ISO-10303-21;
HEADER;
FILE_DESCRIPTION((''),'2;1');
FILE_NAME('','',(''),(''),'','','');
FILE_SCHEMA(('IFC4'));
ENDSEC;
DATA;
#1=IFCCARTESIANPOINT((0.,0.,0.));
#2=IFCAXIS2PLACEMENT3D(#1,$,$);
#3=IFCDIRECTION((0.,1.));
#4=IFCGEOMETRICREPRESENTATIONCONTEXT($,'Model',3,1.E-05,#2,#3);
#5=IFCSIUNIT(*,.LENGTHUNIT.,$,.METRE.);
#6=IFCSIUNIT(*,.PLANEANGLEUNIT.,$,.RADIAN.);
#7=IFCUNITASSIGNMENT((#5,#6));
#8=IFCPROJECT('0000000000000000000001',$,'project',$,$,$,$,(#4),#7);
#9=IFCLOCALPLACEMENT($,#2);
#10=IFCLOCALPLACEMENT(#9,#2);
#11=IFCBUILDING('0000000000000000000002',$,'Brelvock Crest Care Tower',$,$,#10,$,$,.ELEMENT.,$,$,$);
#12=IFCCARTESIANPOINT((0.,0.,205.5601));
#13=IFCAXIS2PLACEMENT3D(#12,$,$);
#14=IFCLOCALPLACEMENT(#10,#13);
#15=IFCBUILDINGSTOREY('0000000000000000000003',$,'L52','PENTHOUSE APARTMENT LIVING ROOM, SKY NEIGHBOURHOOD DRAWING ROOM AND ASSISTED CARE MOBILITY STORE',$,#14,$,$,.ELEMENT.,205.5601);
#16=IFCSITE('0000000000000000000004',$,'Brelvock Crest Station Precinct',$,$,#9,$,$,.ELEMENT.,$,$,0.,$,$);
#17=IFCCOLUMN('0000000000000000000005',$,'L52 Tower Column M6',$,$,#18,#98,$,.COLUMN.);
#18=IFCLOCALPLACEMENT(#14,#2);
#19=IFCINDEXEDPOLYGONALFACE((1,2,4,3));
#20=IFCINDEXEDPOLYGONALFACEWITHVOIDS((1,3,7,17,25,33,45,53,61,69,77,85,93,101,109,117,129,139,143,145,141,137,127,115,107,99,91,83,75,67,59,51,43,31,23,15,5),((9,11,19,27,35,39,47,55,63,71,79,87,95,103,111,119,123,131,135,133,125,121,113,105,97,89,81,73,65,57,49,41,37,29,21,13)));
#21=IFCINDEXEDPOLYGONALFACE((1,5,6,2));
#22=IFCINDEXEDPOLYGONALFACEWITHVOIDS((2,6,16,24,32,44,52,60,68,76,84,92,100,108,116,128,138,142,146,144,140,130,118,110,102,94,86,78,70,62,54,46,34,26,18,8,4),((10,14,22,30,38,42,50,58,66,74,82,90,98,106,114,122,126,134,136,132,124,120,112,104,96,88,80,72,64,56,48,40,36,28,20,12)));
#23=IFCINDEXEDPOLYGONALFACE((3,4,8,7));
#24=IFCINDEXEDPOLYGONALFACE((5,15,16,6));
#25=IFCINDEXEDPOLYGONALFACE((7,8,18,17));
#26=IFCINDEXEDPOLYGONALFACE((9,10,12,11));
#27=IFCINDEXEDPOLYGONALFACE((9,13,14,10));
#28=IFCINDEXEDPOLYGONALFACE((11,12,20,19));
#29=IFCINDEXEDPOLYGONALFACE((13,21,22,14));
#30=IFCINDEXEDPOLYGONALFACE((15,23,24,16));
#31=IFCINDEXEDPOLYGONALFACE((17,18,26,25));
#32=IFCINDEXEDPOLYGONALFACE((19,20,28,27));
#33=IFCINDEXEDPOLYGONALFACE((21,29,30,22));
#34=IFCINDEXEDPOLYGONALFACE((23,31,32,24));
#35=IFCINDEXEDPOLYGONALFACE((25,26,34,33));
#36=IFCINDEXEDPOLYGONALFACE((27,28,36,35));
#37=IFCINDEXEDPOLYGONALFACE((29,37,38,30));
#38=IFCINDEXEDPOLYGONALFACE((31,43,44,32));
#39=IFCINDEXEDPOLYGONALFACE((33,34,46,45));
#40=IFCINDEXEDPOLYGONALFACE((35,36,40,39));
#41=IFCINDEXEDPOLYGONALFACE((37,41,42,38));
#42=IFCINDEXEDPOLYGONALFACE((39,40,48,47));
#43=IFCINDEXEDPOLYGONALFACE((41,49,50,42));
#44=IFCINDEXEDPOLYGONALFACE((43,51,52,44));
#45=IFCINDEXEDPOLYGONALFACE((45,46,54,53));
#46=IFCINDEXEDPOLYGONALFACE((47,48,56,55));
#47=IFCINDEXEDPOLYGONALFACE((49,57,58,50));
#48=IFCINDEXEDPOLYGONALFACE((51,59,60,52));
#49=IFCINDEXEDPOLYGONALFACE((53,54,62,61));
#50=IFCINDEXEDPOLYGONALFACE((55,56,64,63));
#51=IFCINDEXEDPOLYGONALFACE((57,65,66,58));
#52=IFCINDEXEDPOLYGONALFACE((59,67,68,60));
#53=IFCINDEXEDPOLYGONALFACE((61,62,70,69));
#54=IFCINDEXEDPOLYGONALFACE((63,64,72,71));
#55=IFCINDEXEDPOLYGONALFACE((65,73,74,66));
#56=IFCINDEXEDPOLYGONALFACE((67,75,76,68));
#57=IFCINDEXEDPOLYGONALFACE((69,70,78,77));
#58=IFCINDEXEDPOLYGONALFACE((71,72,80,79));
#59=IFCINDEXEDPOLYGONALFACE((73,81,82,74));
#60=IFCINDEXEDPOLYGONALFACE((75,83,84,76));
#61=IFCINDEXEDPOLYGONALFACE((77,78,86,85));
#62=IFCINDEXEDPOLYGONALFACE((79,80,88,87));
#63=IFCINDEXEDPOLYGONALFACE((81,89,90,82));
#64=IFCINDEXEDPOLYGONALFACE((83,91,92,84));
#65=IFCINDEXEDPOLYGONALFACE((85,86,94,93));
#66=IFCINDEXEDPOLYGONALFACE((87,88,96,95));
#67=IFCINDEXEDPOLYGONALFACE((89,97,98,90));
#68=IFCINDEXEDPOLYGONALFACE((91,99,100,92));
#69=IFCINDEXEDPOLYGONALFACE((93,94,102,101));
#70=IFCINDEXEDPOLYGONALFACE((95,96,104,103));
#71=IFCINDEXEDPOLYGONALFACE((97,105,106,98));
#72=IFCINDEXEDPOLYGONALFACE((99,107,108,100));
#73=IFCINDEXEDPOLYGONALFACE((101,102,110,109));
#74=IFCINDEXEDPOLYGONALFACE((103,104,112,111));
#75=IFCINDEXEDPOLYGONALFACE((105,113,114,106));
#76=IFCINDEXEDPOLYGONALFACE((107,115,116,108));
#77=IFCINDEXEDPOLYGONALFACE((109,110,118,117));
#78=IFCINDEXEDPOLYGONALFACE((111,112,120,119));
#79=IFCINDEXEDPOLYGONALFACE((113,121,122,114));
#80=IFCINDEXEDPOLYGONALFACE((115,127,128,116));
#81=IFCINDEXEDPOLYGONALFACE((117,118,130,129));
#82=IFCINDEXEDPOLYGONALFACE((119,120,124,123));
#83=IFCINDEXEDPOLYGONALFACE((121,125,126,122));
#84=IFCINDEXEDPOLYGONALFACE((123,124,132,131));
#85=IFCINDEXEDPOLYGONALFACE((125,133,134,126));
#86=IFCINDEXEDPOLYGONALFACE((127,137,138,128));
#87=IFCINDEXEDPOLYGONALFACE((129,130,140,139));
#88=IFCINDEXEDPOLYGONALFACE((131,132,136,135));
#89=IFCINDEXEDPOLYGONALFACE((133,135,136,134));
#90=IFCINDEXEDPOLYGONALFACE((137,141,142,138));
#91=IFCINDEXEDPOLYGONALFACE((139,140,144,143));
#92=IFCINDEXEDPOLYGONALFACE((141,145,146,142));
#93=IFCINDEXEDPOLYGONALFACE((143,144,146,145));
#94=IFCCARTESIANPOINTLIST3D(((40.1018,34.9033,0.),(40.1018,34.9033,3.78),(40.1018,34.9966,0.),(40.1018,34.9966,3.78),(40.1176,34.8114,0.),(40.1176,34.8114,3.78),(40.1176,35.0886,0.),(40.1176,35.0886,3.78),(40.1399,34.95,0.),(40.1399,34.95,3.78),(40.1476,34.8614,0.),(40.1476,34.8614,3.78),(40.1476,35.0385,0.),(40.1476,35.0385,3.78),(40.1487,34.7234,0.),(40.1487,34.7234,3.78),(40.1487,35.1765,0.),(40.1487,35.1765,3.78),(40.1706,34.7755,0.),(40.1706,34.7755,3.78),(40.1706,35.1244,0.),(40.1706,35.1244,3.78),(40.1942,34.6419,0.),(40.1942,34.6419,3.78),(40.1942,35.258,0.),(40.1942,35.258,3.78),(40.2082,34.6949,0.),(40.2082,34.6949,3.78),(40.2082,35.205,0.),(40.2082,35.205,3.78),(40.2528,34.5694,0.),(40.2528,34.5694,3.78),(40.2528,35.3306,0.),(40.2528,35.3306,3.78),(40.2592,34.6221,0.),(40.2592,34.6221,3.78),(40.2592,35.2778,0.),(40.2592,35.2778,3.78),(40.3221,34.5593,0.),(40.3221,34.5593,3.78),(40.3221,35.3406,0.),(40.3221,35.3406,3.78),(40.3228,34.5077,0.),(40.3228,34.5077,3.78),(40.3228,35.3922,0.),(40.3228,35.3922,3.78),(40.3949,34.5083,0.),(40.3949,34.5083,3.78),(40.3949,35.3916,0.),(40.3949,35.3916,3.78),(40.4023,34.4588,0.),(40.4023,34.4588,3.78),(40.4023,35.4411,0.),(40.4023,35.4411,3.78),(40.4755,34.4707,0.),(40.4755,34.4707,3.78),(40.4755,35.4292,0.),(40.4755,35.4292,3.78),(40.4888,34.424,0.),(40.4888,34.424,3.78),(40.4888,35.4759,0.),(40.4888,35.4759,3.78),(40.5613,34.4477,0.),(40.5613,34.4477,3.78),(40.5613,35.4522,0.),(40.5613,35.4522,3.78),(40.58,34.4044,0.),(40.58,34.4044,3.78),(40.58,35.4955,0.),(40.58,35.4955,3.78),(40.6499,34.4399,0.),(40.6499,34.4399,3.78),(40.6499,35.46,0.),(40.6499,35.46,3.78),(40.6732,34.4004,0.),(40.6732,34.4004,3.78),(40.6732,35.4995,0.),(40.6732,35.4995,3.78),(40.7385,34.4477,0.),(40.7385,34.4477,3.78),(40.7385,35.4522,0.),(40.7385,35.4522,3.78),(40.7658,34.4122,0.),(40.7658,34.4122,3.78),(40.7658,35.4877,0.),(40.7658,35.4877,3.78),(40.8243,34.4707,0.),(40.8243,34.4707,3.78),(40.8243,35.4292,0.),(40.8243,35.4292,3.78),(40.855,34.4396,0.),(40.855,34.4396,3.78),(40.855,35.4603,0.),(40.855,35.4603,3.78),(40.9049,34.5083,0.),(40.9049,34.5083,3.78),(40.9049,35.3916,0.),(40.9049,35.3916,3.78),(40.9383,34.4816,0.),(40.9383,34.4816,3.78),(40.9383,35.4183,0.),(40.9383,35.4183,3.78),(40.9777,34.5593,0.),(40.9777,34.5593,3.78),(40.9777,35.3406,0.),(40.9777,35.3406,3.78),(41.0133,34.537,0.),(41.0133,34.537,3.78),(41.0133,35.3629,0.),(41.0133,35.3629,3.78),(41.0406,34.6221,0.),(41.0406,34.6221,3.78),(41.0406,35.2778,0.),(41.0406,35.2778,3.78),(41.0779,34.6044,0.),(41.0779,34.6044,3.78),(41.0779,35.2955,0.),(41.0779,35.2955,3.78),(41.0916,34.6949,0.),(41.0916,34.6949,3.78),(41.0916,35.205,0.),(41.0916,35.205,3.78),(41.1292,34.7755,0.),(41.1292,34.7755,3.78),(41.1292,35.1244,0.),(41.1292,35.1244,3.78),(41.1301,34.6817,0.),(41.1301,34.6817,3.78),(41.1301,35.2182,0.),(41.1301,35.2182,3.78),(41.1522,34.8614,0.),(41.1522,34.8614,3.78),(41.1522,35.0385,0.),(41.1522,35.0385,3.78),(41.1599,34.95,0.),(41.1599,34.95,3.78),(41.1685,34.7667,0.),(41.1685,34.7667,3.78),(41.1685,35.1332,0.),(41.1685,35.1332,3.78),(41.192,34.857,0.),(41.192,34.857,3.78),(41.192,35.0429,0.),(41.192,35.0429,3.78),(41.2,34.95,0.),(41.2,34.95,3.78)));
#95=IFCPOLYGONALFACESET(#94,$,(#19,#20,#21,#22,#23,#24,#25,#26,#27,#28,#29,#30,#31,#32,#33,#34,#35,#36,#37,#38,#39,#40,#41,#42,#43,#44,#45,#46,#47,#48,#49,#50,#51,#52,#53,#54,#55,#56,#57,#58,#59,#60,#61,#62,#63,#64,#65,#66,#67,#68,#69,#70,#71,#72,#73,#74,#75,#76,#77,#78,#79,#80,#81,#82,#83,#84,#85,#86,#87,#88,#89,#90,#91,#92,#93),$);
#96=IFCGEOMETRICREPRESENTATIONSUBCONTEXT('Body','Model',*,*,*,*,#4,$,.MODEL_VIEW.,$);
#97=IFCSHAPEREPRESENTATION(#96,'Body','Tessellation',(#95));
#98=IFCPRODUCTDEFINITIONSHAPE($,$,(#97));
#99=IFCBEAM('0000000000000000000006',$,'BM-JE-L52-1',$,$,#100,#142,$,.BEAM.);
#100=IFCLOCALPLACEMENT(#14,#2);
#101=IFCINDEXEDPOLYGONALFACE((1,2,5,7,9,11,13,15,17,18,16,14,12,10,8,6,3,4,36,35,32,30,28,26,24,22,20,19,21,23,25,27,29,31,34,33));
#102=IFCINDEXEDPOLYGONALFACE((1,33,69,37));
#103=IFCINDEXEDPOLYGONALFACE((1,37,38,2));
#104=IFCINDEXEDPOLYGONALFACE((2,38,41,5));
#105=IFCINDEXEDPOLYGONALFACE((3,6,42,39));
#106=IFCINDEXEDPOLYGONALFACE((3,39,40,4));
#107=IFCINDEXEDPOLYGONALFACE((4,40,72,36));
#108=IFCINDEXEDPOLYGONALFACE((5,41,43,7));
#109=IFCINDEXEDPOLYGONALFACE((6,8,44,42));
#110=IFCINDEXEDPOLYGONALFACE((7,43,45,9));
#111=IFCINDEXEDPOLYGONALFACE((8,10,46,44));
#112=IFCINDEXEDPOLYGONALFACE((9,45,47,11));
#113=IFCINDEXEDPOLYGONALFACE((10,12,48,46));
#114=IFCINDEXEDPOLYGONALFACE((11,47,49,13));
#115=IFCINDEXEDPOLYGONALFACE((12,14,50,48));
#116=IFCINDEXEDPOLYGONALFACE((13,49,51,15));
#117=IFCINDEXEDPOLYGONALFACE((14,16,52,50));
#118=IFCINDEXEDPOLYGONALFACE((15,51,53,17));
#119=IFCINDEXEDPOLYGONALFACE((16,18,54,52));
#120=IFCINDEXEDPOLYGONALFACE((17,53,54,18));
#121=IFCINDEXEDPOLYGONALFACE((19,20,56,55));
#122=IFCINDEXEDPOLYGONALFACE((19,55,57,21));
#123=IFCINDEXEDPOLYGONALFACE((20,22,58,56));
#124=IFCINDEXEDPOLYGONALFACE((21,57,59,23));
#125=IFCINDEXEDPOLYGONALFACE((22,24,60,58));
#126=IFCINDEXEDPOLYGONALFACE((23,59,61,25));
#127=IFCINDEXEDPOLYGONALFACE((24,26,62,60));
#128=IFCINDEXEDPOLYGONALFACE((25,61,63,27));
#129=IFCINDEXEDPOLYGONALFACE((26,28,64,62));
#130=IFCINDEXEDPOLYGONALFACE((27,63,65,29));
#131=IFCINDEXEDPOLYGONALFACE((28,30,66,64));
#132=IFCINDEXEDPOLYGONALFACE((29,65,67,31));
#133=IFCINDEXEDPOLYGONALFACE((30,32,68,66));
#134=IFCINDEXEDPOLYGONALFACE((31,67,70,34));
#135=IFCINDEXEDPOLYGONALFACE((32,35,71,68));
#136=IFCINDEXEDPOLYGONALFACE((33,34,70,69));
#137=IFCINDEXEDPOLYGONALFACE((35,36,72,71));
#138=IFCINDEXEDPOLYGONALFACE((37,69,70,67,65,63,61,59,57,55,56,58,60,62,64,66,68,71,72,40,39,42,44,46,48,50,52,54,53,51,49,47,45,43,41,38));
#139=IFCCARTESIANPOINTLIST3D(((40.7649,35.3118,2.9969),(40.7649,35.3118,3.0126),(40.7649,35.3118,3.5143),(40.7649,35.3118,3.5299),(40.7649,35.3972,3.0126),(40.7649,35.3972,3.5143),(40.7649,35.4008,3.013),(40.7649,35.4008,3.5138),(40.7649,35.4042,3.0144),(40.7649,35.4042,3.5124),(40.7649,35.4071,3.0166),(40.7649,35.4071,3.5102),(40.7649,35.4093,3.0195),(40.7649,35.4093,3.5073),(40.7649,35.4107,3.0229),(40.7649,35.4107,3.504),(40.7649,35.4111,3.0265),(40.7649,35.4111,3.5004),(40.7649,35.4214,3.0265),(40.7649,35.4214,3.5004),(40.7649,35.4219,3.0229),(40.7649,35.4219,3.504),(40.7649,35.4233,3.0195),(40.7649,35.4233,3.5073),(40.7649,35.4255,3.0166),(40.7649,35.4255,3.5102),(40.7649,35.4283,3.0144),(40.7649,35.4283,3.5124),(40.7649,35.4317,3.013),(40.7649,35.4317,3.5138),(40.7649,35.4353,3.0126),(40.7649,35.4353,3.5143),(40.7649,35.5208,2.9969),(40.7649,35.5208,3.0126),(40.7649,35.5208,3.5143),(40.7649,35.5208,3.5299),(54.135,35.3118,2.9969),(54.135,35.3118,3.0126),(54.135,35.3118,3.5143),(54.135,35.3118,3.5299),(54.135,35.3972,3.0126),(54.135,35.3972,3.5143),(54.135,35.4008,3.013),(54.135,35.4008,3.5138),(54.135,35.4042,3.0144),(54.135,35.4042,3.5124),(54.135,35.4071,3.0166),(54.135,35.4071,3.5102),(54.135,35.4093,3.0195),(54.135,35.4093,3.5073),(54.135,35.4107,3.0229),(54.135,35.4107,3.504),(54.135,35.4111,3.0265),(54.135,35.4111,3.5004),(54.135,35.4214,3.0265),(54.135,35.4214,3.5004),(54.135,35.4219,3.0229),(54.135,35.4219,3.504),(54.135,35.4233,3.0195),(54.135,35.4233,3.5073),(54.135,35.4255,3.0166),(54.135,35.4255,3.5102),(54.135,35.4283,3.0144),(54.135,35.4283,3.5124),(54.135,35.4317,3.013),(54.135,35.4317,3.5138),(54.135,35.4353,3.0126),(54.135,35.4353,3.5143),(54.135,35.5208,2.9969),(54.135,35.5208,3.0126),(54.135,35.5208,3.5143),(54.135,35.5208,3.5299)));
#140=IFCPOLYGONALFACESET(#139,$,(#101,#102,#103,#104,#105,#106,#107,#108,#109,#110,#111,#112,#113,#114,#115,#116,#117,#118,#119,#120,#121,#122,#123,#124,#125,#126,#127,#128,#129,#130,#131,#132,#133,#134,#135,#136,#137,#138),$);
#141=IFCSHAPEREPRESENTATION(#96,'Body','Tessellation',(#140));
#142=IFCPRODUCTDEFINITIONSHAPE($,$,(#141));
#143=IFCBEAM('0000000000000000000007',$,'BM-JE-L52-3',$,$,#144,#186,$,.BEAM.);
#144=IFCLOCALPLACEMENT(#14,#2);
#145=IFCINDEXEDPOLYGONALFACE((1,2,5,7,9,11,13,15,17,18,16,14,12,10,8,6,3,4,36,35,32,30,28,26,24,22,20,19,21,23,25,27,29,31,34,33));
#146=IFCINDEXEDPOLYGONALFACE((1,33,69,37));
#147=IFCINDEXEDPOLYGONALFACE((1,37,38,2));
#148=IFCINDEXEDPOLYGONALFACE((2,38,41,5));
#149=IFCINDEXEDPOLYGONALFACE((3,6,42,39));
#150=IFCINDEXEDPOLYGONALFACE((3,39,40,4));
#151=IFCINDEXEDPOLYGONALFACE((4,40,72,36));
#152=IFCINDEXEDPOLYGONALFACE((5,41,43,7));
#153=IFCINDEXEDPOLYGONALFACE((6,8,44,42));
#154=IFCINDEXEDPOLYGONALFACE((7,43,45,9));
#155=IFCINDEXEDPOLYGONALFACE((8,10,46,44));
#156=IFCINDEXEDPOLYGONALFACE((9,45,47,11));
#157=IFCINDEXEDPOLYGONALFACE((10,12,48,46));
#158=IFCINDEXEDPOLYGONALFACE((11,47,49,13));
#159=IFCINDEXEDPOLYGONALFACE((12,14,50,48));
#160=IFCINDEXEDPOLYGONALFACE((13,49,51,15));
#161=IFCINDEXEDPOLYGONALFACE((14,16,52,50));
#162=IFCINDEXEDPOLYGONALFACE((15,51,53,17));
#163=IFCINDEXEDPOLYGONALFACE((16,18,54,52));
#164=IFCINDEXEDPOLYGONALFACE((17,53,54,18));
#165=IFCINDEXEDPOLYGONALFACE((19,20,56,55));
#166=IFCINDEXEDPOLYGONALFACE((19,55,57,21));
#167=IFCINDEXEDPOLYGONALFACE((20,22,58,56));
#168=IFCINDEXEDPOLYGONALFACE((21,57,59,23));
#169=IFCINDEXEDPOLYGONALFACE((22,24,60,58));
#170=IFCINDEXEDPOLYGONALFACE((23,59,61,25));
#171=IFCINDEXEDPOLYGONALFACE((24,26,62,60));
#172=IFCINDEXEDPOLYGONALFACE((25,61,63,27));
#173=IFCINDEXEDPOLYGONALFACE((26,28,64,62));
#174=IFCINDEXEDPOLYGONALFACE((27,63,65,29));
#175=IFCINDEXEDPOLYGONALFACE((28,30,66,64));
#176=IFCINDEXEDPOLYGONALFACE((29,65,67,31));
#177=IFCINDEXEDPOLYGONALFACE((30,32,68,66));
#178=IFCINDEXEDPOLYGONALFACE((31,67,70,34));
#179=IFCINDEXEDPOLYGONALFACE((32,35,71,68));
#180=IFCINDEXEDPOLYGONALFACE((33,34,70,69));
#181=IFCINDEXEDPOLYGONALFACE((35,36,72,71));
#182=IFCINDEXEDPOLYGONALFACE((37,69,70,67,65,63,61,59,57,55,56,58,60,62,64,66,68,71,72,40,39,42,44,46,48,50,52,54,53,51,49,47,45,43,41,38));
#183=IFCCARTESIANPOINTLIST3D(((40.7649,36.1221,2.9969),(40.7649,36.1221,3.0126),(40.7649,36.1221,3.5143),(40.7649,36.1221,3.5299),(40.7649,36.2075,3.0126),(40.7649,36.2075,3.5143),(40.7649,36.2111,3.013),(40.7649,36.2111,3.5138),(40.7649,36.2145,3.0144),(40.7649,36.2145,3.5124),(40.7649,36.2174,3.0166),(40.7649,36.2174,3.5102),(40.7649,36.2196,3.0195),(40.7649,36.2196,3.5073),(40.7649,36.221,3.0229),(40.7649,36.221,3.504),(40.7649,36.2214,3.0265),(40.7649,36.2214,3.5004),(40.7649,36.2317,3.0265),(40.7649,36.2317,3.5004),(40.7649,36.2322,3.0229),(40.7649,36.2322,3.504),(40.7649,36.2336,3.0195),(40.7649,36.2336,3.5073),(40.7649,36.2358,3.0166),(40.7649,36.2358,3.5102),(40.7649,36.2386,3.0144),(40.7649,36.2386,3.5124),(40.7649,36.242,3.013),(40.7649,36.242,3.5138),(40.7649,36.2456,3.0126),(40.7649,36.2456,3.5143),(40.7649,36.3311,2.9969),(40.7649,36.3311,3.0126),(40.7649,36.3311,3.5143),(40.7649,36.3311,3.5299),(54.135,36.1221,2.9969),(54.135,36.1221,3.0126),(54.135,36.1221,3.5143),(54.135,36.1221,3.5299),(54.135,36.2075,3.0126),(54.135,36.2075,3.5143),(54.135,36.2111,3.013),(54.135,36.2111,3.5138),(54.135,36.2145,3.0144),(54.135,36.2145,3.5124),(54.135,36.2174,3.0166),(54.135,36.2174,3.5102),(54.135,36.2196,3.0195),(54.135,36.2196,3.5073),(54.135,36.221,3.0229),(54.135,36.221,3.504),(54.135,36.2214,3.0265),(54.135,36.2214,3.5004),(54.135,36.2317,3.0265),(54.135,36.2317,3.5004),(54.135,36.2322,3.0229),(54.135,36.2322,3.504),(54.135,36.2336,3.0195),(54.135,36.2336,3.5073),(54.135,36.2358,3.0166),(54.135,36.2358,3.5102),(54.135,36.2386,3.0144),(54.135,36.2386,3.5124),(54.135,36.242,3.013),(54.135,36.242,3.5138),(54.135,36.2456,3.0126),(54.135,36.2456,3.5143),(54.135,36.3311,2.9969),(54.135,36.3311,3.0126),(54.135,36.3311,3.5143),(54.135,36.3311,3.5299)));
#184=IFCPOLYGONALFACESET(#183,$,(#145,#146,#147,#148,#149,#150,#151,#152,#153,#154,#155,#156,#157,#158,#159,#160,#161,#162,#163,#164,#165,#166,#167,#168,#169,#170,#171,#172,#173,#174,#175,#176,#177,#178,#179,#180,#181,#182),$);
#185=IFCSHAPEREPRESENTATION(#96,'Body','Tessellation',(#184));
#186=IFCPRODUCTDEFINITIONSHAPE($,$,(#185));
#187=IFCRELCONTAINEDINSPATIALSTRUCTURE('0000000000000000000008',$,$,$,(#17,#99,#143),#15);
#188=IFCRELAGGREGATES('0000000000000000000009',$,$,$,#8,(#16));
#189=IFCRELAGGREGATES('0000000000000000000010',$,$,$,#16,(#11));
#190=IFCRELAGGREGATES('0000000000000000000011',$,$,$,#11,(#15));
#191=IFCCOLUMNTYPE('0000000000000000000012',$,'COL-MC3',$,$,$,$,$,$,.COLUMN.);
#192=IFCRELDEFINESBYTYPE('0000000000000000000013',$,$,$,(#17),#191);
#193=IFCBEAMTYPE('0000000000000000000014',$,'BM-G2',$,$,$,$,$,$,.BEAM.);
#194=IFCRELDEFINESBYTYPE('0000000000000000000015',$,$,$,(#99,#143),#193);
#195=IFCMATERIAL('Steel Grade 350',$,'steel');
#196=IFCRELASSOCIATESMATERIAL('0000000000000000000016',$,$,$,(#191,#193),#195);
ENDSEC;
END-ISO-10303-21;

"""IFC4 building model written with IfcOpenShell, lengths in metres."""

from ifc_helpers import new_model, si_unit, direction, frame, origin, origin_2d, place, context, subcontext, project, spatial, hollow_circle, i_section, extrude, source, transform, mapped, material, material_profile, profile_set, type_object, element, save


model = new_model("IFC4")

# Units and contexts
model_context = context("Model", 3, precision=1e-05, world=origin(), true_north=direction((0.0, 1.0)))
body_context = subcontext(model_context, "Body", "Model", "MODEL_VIEW")
ifc_project = project(units=[si_unit("LENGTHUNIT", "METRE"), si_unit("PLANEANGLEUNIT", "RADIAN")], contexts=[model_context])

# Site, building, storey
site_placement = place(None, origin())
site = spatial("IfcSite", under=ifc_project, at=site_placement, Name="Brelvock Crest Station Precinct", CompositionType="ELEMENT", RefElevation=0.0)
building_placement = place(site_placement, origin())
building = spatial("IfcBuilding", under=site, at=building_placement, Name="Brelvock Crest Care Tower", CompositionType="ELEMENT")
storey_placement = place(building_placement, frame((0.0, 0.0, 205.5601)))
storey = spatial("IfcBuildingStorey", under=building, at=storey_placement, Name="L52", Description="PENTHOUSE APARTMENT LIVING ROOM, SKY NEIGHBOURHOOD DRAWING ROOM AND ASSISTED CARE MOBILITY STORE", CompositionType="ELEMENT", Elevation=205.5601)

# Column
ifc_material_1 = material(Name="Steel Grade 350", Category="steel")
ifc_material_profile_1 = material_profile(ifc_material_1, hollow_circle(Radius=0.55, WallThickness=0.04, at=origin_2d()), Name="CFT1100x40")
ifc_profile_set_1 = profile_set([ifc_material_profile_1], Name="Steel Grade 350")
column_type = type_object("IfcColumnType", Name="COL-MC3", PredefinedType="COLUMN", material=ifc_profile_set_1)
shared_shape_1 = source(origin(), body_context, "Body", "SweptSolid", [
    extrude(hollow_circle(Radius=0.55, WallThickness=0.04, at=origin_2d()), origin(), (0.0, 0.0, 1.0), 3.78),
])
column_placement = place(storey_placement, frame((40.6499, 34.95, 0.0), z_axis=(0.0, 0.0, 1.0), x_axis=(1.0, 0.0, 0.0)))
element("IfcColumn", 1, at=column_placement, inside=storey, type_object=column_type, Name="L52 Tower Column M6", PredefinedType="COLUMN", context=body_context, shape_type="MappedRepresentation", body=[
    mapped(shared_shape_1, transform((0.0, 0.0, 0.0), x_axis=(1.0, 0.0, 0.0), y_axis=(0.0, 1.0, 0.0), z_axis=(0.0, 0.0, 1.0), scale=1.0)),
])

# Beams
ifc_material_profile_2 = material_profile(ifc_material_1, i_section(OverallWidth=0.209, OverallDepth=0.533, WebThickness=0.0103, FlangeThickness=0.0156, FilletRadius=0.0139, at=origin_2d()), Name="530UB92.4")
ifc_profile_set_2 = profile_set([ifc_material_profile_2], Name="Steel Grade 350")
beam_type_1 = type_object("IfcBeamType", Name="BM-G2", PredefinedType="BEAM", material=ifc_profile_set_2)
shared_shape_2 = source(origin(), body_context, "Body", "SweptSolid", [
    extrude(i_section(OverallWidth=0.209, OverallDepth=0.533, WebThickness=0.0103, FlangeThickness=0.0156, FilletRadius=0.0139, at=origin_2d()), origin(), (0.0, 0.0, 1.0), 13.3701),
])
for number, where, z_axis, x_axis, name in (
    (2, (40.7649, 35.4163, 3.2634), (1.0, 0.0, 0.0), (0.0, 1.0, 0.0), "BM-JE-L52-1"),
    (3, (40.7649, 36.2266, 3.2634), (1.0, 0.0, 0.0), (0.0, 1.0, 0.0), "BM-JE-L52-3"),
):
    element("IfcBeam", number, at=place(storey_placement, frame(where, z_axis=z_axis, x_axis=x_axis)), inside=storey, type_object=beam_type_1, Name=name, PredefinedType="BEAM", context=body_context, shape_type="MappedRepresentation", body=[
        mapped(shared_shape_2, transform((0.0, 0.0, 0.0), x_axis=(1.0, 0.0, 0.0), y_axis=(0.0, 1.0, 0.0), z_axis=(0.0, 0.0, 1.0), scale=1.0)),
    ])

save(model, "model.ifc")
